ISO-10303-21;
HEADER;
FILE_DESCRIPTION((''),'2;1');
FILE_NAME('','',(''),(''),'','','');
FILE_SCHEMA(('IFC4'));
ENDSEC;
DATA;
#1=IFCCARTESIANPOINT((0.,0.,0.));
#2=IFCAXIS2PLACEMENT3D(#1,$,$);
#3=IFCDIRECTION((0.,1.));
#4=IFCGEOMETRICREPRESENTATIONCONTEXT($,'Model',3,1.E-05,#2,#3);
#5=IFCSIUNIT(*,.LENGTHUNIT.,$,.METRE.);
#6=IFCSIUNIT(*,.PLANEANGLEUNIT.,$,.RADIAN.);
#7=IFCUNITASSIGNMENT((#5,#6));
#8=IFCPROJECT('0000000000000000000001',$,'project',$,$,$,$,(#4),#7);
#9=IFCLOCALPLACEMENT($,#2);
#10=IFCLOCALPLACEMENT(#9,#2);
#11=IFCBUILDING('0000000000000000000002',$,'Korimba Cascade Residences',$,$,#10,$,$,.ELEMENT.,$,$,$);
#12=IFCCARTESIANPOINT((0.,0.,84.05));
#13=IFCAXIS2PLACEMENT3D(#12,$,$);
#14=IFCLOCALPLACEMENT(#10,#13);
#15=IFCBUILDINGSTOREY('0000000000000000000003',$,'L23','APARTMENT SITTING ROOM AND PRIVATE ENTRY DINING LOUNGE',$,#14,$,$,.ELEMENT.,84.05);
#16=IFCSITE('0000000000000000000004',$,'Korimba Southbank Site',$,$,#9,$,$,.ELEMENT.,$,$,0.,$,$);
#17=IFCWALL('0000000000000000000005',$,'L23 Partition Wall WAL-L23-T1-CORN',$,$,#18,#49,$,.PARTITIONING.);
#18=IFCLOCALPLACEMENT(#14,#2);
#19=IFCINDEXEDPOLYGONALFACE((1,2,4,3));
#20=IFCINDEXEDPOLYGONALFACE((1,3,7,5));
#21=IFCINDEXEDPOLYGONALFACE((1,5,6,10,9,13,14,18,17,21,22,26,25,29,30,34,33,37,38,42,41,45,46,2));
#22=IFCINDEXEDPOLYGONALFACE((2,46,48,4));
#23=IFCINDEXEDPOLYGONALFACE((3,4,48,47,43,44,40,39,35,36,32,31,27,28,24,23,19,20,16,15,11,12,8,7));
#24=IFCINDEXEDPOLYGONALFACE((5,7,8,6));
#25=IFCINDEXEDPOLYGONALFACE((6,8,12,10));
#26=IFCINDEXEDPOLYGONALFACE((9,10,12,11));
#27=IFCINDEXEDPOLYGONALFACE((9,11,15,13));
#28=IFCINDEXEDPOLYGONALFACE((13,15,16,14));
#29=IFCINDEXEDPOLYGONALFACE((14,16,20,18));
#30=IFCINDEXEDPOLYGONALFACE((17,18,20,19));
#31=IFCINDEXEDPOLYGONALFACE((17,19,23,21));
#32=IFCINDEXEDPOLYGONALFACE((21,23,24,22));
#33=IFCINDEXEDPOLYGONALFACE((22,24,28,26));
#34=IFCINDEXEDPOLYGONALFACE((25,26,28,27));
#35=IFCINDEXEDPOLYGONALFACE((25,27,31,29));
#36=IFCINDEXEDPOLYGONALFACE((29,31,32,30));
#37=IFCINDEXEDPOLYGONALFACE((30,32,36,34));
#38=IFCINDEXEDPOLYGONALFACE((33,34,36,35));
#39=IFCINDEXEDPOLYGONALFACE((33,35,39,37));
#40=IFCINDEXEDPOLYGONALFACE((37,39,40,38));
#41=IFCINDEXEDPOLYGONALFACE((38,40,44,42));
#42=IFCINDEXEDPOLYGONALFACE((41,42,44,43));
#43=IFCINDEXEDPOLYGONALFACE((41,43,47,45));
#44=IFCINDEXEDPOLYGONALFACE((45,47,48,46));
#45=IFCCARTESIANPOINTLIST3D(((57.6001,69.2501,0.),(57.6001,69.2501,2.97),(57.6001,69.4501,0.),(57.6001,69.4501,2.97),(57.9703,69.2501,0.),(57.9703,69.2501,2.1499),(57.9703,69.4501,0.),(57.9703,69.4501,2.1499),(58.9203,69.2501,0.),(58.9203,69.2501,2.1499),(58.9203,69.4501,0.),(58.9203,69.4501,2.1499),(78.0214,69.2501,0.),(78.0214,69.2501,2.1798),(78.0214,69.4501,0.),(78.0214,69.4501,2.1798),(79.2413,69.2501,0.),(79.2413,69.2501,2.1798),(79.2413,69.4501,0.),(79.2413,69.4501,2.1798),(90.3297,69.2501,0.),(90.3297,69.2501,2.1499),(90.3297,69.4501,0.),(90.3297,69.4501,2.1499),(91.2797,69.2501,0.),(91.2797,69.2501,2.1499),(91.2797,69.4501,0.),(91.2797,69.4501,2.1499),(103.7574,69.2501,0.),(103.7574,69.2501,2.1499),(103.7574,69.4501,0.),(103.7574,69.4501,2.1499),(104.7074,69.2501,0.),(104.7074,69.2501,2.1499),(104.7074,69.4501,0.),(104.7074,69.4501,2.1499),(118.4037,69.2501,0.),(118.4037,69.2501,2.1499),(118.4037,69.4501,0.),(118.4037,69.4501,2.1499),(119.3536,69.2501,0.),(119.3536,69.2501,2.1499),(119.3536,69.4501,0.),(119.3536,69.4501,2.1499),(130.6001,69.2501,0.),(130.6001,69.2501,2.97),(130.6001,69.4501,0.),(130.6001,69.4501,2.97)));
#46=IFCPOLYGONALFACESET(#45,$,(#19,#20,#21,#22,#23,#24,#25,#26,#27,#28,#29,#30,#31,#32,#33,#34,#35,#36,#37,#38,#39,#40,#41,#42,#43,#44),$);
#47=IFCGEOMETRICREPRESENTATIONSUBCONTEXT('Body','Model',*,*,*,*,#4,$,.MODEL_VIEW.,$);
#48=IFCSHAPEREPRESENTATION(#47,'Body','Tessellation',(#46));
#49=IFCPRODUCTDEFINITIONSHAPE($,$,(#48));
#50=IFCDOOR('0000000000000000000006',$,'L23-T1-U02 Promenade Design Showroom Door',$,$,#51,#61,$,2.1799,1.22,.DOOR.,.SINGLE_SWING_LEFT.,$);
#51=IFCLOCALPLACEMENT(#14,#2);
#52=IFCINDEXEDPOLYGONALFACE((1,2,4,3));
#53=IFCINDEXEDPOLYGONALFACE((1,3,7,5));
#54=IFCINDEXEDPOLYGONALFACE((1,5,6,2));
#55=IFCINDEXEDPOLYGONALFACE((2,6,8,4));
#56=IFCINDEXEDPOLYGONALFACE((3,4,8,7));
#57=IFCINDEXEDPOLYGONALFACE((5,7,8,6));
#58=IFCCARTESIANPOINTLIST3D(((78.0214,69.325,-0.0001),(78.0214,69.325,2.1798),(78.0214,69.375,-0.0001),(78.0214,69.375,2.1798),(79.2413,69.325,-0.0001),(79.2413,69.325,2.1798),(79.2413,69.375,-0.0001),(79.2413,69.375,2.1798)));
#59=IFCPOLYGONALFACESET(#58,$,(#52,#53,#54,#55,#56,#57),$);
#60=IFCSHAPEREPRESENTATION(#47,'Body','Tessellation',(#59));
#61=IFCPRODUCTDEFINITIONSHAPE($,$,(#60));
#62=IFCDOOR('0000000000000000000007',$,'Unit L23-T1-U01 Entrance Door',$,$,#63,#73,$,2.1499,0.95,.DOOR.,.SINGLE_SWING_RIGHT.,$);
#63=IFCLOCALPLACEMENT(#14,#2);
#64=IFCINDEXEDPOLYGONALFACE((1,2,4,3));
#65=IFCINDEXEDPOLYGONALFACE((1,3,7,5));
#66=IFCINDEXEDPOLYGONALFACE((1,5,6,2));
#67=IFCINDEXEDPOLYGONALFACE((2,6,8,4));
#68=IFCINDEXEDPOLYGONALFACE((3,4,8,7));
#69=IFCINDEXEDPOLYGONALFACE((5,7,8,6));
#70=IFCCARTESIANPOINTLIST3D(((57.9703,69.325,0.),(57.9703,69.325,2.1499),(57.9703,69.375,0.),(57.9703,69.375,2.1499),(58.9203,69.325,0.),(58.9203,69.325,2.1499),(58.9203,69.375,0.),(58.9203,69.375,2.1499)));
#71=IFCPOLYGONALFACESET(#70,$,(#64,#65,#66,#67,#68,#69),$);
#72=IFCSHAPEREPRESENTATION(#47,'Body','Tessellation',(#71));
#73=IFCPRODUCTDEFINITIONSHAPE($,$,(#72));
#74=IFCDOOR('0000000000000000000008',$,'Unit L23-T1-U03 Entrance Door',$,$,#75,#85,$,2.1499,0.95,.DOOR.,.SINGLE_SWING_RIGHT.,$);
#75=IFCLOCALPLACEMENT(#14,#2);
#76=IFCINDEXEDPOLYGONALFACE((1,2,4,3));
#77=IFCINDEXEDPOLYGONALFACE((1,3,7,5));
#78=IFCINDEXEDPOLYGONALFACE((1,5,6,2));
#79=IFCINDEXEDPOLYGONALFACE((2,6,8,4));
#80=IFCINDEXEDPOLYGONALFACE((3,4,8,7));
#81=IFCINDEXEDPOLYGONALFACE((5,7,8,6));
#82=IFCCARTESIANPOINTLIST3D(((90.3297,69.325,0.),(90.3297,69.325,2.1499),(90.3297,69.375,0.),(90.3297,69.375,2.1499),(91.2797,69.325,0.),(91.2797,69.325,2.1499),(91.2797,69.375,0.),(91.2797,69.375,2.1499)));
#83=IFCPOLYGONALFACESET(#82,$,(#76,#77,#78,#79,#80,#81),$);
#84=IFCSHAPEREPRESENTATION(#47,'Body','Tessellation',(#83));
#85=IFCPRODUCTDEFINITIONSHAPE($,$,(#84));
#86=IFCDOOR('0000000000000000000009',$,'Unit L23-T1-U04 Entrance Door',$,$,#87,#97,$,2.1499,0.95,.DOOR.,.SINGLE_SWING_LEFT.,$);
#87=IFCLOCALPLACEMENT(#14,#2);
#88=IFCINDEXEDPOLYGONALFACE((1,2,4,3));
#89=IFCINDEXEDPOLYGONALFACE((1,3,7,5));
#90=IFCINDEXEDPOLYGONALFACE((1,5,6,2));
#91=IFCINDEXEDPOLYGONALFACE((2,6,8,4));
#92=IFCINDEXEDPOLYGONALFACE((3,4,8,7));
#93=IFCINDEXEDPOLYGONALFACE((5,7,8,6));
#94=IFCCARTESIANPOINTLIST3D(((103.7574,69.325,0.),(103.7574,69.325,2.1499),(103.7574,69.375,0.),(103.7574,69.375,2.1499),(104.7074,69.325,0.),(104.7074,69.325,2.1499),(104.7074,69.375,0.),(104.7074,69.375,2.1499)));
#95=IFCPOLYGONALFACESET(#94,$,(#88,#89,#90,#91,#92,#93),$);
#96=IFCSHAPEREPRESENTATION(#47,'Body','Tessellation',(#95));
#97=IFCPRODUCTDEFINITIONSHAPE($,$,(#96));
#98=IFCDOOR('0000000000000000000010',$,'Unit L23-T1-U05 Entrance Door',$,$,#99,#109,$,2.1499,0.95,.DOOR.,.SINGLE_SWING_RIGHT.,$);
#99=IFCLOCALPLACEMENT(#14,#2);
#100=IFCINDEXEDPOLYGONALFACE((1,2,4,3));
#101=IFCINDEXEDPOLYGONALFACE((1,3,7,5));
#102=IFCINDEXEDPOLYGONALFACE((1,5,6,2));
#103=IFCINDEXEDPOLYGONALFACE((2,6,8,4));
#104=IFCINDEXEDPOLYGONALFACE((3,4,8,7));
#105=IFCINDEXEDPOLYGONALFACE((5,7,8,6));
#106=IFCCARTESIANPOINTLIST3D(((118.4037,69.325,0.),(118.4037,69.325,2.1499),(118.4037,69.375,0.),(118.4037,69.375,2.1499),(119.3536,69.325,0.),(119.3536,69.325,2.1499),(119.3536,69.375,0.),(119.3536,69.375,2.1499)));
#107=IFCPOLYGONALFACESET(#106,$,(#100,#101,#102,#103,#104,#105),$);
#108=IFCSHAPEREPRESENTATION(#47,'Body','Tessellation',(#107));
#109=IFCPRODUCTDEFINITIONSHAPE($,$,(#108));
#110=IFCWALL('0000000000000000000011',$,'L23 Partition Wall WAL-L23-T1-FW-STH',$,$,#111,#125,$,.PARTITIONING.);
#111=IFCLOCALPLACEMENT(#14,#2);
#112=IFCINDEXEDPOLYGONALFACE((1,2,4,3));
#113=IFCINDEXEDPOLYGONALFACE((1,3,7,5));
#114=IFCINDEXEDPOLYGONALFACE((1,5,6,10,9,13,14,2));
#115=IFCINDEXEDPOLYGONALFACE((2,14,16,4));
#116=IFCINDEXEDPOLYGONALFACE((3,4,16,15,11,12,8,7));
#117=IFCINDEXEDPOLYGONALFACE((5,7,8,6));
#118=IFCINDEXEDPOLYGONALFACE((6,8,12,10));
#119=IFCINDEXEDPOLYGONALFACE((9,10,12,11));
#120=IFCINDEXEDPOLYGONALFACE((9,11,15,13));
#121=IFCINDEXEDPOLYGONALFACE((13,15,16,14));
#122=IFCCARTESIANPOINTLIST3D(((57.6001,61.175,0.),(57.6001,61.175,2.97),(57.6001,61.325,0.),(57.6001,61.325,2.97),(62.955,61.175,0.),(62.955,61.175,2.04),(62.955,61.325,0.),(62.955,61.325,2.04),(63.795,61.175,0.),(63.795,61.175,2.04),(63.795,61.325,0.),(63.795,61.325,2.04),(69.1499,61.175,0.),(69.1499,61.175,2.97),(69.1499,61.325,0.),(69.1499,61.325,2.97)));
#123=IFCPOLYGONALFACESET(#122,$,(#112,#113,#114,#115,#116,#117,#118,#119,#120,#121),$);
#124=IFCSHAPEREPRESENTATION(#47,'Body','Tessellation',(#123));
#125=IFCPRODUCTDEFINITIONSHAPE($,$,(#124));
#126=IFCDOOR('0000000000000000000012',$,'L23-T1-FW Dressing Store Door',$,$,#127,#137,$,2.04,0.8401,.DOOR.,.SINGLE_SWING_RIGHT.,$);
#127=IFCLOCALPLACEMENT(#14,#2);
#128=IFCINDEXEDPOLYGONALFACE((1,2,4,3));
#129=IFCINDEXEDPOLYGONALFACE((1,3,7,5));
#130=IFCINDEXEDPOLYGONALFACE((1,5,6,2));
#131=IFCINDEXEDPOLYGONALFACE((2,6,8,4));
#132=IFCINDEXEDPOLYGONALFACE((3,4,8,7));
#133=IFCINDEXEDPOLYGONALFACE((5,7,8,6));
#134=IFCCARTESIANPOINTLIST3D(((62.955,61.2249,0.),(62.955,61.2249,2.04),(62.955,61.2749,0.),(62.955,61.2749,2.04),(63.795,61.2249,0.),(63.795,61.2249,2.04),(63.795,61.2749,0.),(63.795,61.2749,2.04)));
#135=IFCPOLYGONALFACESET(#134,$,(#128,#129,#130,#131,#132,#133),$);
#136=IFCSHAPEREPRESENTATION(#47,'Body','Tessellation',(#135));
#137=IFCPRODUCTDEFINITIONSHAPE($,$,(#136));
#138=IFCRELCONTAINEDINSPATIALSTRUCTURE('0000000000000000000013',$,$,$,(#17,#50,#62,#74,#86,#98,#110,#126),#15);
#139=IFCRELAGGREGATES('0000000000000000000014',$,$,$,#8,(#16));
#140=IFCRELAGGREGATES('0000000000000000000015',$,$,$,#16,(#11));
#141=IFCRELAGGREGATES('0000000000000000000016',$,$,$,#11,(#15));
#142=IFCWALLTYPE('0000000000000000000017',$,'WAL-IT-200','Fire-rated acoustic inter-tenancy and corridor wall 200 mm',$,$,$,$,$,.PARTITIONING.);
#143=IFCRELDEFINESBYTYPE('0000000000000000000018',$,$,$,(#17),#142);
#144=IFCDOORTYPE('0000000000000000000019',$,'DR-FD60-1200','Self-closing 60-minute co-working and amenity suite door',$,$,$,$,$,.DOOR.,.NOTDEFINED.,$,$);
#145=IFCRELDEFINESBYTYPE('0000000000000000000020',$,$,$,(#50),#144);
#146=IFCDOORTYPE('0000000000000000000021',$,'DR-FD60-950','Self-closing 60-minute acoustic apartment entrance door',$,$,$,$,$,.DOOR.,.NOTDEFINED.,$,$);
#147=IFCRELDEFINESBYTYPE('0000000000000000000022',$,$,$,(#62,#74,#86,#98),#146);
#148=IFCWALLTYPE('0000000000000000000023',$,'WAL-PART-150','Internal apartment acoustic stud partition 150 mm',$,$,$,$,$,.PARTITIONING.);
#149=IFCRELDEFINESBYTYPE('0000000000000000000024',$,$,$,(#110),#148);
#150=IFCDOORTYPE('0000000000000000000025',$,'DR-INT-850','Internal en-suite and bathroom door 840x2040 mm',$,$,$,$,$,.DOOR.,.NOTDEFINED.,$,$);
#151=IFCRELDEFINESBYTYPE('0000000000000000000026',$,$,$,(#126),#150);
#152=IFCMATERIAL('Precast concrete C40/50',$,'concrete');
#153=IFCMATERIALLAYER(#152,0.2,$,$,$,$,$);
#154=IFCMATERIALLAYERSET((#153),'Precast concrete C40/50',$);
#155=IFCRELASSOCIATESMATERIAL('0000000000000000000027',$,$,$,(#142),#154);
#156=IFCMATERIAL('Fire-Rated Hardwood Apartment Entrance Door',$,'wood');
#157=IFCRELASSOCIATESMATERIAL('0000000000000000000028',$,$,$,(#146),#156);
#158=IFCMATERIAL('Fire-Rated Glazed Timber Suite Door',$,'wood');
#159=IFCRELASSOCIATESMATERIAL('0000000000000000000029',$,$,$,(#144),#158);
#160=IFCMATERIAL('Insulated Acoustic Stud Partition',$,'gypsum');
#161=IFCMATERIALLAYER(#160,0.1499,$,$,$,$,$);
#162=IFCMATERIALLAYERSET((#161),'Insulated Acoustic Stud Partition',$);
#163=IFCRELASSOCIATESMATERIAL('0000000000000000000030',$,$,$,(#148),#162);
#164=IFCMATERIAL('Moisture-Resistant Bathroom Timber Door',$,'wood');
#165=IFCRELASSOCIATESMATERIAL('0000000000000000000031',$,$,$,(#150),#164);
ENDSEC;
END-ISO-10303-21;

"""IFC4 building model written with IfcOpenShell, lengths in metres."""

from ifc_helpers import new_model, si_unit, direction, frame, frame_2d, origin, place, context, subcontext, project, spatial, rectangle, extrude, material, layer, layer_set, type_object, element, fill, save


model = new_model("IFC4")

# Units and contexts
model_context = context("Model", 3, precision=1e-05, world=origin(), true_north=direction((0.0, 1.0)))
body_context = subcontext(model_context, "Body", "Model", "MODEL_VIEW")
ifc_project = project(units=[si_unit("LENGTHUNIT", "METRE"), si_unit("PLANEANGLEUNIT", "RADIAN")], contexts=[model_context])

# Site, building, storey
site_placement = place(None, origin())
site = spatial("IfcSite", under=ifc_project, at=site_placement, Name="Korimba Southbank Site", CompositionType="ELEMENT", RefElevation=0.0)
building_placement = place(site_placement, origin())
building = spatial("IfcBuilding", under=site, at=building_placement, Name="Korimba Cascade Residences", CompositionType="ELEMENT")
storey_placement = place(building_placement, frame((0.0, 0.0, 84.05)))
storey = spatial("IfcBuildingStorey", under=building, at=storey_placement, Name="L23", Description="APARTMENT SITTING ROOM AND PRIVATE ENTRY DINING LOUNGE", CompositionType="ELEMENT", Elevation=84.05)

# Shared definitions
ifc_material_1 = material(Name="Precast concrete C40/50", Category="concrete")
ifc_layer_1 = layer(ifc_material_1, 0.2)
ifc_layer_set_1 = layer_set([ifc_layer_1], Name="Precast concrete C40/50")
wall_type_1 = type_object("IfcWallType", Name="WAL-IT-200", Description="Fire-rated acoustic inter-tenancy and corridor wall 200 mm", PredefinedType="PARTITIONING", material=ifc_layer_set_1)
ifc_material_2 = material(Name="Fire-Rated Hardwood Apartment Entrance Door", Category="wood")
door_type_1 = type_object("IfcDoorType", Name="DR-FD60-950", Description="Self-closing 60-minute acoustic apartment entrance door", OperationType="NOTDEFINED", PredefinedType="DOOR", material=ifc_material_2)

# Wall, openings, doors
wall_1_placement = place(storey_placement, frame((57.6001, 69.3501, 0.0), z_axis=(0.0, 0.0, 1.0), x_axis=(1.0, 0.0, 0.0)))
wall_1 = element("IfcWall", 1, at=wall_1_placement, inside=storey, type_object=wall_type_1, Name="L23 Partition Wall WAL-L23-T1-CORN", PredefinedType="PARTITIONING", context=body_context, shape_type="SweptSolid", body=[
    extrude(rectangle(XDim=73.0, YDim=0.2, at=frame_2d((36.5, 0.0))), origin(), (0.0, 0.0, 1.0), 2.97),
])
opening_1_placement = place(wall_1_placement, frame((0.3701, 0.0, 0.0)))
opening_1 = element("IfcOpeningElement", 2, at=opening_1_placement, cuts=wall_1, PredefinedType="OPENING", context=body_context, shape_type="SweptSolid", body=[
    extrude(rectangle(XDim=0.95, YDim=2.1499, at=frame_2d((0.4751, 1.075))), frame((0.0, 0.1099, 0.0), z_axis=(0.0, -1.0, 0.0), x_axis=(1.0, 0.0, 0.0)), (0.0, 0.0, 1.0), 0.22),
])
opening_2_placement = place(wall_1_placement, frame((20.4214, 0.0, 0.0)))
opening_2 = element("IfcOpeningElement", 3, at=opening_2_placement, cuts=wall_1, PredefinedType="OPENING", context=body_context, shape_type="SweptSolid", body=[
    extrude(rectangle(XDim=1.22, YDim=2.1799, at=frame_2d((0.6099, 1.0898))), frame((0.0, 0.1099, 0.0), z_axis=(0.0, -1.0, 0.0), x_axis=(1.0, 0.0, 0.0)), (0.0, 0.0, 1.0), 0.22),
])
opening_3_placement = place(wall_1_placement, frame((32.7295, 0.0, 0.0)))
opening_3 = element("IfcOpeningElement", 4, at=opening_3_placement, cuts=wall_1, PredefinedType="OPENING", context=body_context, shape_type="SweptSolid", body=[
    extrude(rectangle(XDim=0.95, YDim=2.1499, at=frame_2d((0.4751, 1.075))), frame((0.0, 0.1099, 0.0), z_axis=(0.0, -1.0, 0.0), x_axis=(1.0, 0.0, 0.0)), (0.0, 0.0, 1.0), 0.22),
])
opening_4_placement = place(wall_1_placement, frame((46.1572, 0.0, 0.0)))
opening_4 = element("IfcOpeningElement", 5, at=opening_4_placement, cuts=wall_1, PredefinedType="OPENING", context=body_context, shape_type="SweptSolid", body=[
    extrude(rectangle(XDim=0.95, YDim=2.1499, at=frame_2d((0.4751, 1.075))), frame((0.0, 0.1099, 0.0), z_axis=(0.0, -1.0, 0.0), x_axis=(1.0, 0.0, 0.0)), (0.0, 0.0, 1.0), 0.22),
])
opening_5_placement = place(wall_1_placement, frame((60.8035, 0.0, 0.0)))
opening_5 = element("IfcOpeningElement", 6, at=opening_5_placement, cuts=wall_1, PredefinedType="OPENING", context=body_context, shape_type="SweptSolid", body=[
    extrude(rectangle(XDim=0.95, YDim=2.1499, at=frame_2d((0.4751, 1.075))), frame((0.0, 0.1099, 0.0), z_axis=(0.0, -1.0, 0.0), x_axis=(1.0, 0.0, 0.0)), (0.0, 0.0, 1.0), 0.22),
])
ifc_material_3 = material(Name="Fire-Rated Glazed Timber Suite Door", Category="wood")
door_type_2 = type_object("IfcDoorType", Name="DR-FD60-1200", Description="Self-closing 60-minute co-working and amenity suite door", OperationType="NOTDEFINED", PredefinedType="DOOR", material=ifc_material_3)
door_1_placement = place(opening_2_placement, origin())
door_1 = element("IfcDoor", 7, at=door_1_placement, inside=storey, type_object=door_type_2, Name="L23-T1-U02 Promenade Design Showroom Door", OperationType="SINGLE_SWING_LEFT", OverallHeight=2.1799, OverallWidth=1.22, PredefinedType="DOOR", context=body_context, shape_type="SweptSolid", body=[
    extrude(rectangle(XDim=1.22, YDim=2.1799, at=frame_2d((0.6099, 1.0898))), frame((0.0, 0.0249, 0.0), z_axis=(0.0, -1.0, 0.0), x_axis=(1.0, 0.0, 0.0)), (0.0, 0.0, 1.0), 0.05),
])
fill(opening_2, door_1)
door_2_placement = place(opening_1_placement, origin())
door_2 = element("IfcDoor", 8, at=door_2_placement, inside=storey, type_object=door_type_1, Name="Unit L23-T1-U01 Entrance Door", OperationType="SINGLE_SWING_RIGHT", OverallHeight=2.1499, OverallWidth=0.95, PredefinedType="DOOR", context=body_context, shape_type="SweptSolid", body=[
    extrude(rectangle(XDim=0.95, YDim=2.1499, at=frame_2d((0.4751, 1.075))), frame((0.0, 0.0249, 0.0), z_axis=(0.0, -1.0, 0.0), x_axis=(1.0, 0.0, 0.0)), (0.0, 0.0, 1.0), 0.05),
])
fill(opening_1, door_2)
door_3_placement = place(opening_3_placement, origin())
door_3 = element("IfcDoor", 9, at=door_3_placement, inside=storey, type_object=door_type_1, Name="Unit L23-T1-U03 Entrance Door", OperationType="SINGLE_SWING_RIGHT", OverallHeight=2.1499, OverallWidth=0.95, PredefinedType="DOOR", context=body_context, shape_type="SweptSolid", body=[
    extrude(rectangle(XDim=0.95, YDim=2.1499, at=frame_2d((0.4751, 1.075))), frame((0.0, 0.0249, 0.0), z_axis=(0.0, -1.0, 0.0), x_axis=(1.0, 0.0, 0.0)), (0.0, 0.0, 1.0), 0.05),
])
fill(opening_3, door_3)
door_4_placement = place(opening_4_placement, origin())
door_4 = element("IfcDoor", 10, at=door_4_placement, inside=storey, type_object=door_type_1, Name="Unit L23-T1-U04 Entrance Door", OperationType="SINGLE_SWING_LEFT", OverallHeight=2.1499, OverallWidth=0.95, PredefinedType="DOOR", context=body_context, shape_type="SweptSolid", body=[
    extrude(rectangle(XDim=0.95, YDim=2.1499, at=frame_2d((0.4751, 1.075))), frame((0.0, 0.0249, 0.0), z_axis=(0.0, -1.0, 0.0), x_axis=(1.0, 0.0, 0.0)), (0.0, 0.0, 1.0), 0.05),
])
fill(opening_4, door_4)
door_5_placement = place(opening_5_placement, origin())
door_5 = element("IfcDoor", 11, at=door_5_placement, inside=storey, type_object=door_type_1, Name="Unit L23-T1-U05 Entrance Door", OperationType="SINGLE_SWING_RIGHT", OverallHeight=2.1499, OverallWidth=0.95, PredefinedType="DOOR", context=body_context, shape_type="SweptSolid", body=[
    extrude(rectangle(XDim=0.95, YDim=2.1499, at=frame_2d((0.4751, 1.075))), frame((0.0, 0.0249, 0.0), z_axis=(0.0, -1.0, 0.0), x_axis=(1.0, 0.0, 0.0)), (0.0, 0.0, 1.0), 0.05),
])
fill(opening_5, door_5)

# Wall, opening, door
ifc_material_4 = material(Name="Insulated Acoustic Stud Partition", Category="gypsum")
ifc_layer_2 = layer(ifc_material_4, 0.1499)
ifc_layer_set_2 = layer_set([ifc_layer_2], Name="Insulated Acoustic Stud Partition")
wall_type_2 = type_object("IfcWallType", Name="WAL-PART-150", Description="Internal apartment acoustic stud partition 150 mm", PredefinedType="PARTITIONING", material=ifc_layer_set_2)
wall_2_placement = place(storey_placement, frame((57.6001, 61.25, 0.0), z_axis=(0.0, 0.0, 1.0), x_axis=(1.0, 0.0, 0.0)))
wall_2 = element("IfcWall", 12, at=wall_2_placement, inside=storey, type_object=wall_type_2, Name="L23 Partition Wall WAL-L23-T1-FW-STH", PredefinedType="PARTITIONING", context=body_context, shape_type="SweptSolid", body=[
    extrude(rectangle(XDim=11.5498, YDim=0.1499, at=frame_2d((5.7749, 0.0))), origin(), (0.0, 0.0, 1.0), 2.97),
])
opening_6_placement = place(wall_2_placement, frame((5.355, 0.0, 0.0)))
opening_6 = element("IfcOpeningElement", 13, at=opening_6_placement, cuts=wall_2, PredefinedType="OPENING", context=body_context, shape_type="SweptSolid", body=[
    extrude(rectangle(XDim=0.8401, YDim=2.04, at=frame_2d((0.4199, 1.02))), frame((0.0, 0.085, 0.0), z_axis=(0.0, -1.0, 0.0), x_axis=(1.0, 0.0, 0.0)), (0.0, 0.0, 1.0), 0.1699),
])
ifc_material_5 = material(Name="Moisture-Resistant Bathroom Timber Door", Category="wood")
door_type_3 = type_object("IfcDoorType", Name="DR-INT-850", Description="Internal en-suite and bathroom door 840x2040 mm", OperationType="NOTDEFINED", PredefinedType="DOOR", material=ifc_material_5)
door_6_placement = place(opening_6_placement, origin())
door_6 = element("IfcDoor", 14, at=door_6_placement, inside=storey, type_object=door_type_3, Name="L23-T1-FW Dressing Store Door", OperationType="SINGLE_SWING_RIGHT", OverallHeight=2.04, OverallWidth=0.8401, PredefinedType="DOOR", context=body_context, shape_type="SweptSolid", body=[
    extrude(rectangle(XDim=0.8401, YDim=2.04, at=frame_2d((0.4199, 1.02))), frame((0.0, 0.0249, 0.0), z_axis=(0.0, -1.0, 0.0), x_axis=(1.0, 0.0, 0.0)), (0.0, 0.0, 1.0), 0.05),
])
fill(opening_6, door_6)

save(model, "model.ifc")
